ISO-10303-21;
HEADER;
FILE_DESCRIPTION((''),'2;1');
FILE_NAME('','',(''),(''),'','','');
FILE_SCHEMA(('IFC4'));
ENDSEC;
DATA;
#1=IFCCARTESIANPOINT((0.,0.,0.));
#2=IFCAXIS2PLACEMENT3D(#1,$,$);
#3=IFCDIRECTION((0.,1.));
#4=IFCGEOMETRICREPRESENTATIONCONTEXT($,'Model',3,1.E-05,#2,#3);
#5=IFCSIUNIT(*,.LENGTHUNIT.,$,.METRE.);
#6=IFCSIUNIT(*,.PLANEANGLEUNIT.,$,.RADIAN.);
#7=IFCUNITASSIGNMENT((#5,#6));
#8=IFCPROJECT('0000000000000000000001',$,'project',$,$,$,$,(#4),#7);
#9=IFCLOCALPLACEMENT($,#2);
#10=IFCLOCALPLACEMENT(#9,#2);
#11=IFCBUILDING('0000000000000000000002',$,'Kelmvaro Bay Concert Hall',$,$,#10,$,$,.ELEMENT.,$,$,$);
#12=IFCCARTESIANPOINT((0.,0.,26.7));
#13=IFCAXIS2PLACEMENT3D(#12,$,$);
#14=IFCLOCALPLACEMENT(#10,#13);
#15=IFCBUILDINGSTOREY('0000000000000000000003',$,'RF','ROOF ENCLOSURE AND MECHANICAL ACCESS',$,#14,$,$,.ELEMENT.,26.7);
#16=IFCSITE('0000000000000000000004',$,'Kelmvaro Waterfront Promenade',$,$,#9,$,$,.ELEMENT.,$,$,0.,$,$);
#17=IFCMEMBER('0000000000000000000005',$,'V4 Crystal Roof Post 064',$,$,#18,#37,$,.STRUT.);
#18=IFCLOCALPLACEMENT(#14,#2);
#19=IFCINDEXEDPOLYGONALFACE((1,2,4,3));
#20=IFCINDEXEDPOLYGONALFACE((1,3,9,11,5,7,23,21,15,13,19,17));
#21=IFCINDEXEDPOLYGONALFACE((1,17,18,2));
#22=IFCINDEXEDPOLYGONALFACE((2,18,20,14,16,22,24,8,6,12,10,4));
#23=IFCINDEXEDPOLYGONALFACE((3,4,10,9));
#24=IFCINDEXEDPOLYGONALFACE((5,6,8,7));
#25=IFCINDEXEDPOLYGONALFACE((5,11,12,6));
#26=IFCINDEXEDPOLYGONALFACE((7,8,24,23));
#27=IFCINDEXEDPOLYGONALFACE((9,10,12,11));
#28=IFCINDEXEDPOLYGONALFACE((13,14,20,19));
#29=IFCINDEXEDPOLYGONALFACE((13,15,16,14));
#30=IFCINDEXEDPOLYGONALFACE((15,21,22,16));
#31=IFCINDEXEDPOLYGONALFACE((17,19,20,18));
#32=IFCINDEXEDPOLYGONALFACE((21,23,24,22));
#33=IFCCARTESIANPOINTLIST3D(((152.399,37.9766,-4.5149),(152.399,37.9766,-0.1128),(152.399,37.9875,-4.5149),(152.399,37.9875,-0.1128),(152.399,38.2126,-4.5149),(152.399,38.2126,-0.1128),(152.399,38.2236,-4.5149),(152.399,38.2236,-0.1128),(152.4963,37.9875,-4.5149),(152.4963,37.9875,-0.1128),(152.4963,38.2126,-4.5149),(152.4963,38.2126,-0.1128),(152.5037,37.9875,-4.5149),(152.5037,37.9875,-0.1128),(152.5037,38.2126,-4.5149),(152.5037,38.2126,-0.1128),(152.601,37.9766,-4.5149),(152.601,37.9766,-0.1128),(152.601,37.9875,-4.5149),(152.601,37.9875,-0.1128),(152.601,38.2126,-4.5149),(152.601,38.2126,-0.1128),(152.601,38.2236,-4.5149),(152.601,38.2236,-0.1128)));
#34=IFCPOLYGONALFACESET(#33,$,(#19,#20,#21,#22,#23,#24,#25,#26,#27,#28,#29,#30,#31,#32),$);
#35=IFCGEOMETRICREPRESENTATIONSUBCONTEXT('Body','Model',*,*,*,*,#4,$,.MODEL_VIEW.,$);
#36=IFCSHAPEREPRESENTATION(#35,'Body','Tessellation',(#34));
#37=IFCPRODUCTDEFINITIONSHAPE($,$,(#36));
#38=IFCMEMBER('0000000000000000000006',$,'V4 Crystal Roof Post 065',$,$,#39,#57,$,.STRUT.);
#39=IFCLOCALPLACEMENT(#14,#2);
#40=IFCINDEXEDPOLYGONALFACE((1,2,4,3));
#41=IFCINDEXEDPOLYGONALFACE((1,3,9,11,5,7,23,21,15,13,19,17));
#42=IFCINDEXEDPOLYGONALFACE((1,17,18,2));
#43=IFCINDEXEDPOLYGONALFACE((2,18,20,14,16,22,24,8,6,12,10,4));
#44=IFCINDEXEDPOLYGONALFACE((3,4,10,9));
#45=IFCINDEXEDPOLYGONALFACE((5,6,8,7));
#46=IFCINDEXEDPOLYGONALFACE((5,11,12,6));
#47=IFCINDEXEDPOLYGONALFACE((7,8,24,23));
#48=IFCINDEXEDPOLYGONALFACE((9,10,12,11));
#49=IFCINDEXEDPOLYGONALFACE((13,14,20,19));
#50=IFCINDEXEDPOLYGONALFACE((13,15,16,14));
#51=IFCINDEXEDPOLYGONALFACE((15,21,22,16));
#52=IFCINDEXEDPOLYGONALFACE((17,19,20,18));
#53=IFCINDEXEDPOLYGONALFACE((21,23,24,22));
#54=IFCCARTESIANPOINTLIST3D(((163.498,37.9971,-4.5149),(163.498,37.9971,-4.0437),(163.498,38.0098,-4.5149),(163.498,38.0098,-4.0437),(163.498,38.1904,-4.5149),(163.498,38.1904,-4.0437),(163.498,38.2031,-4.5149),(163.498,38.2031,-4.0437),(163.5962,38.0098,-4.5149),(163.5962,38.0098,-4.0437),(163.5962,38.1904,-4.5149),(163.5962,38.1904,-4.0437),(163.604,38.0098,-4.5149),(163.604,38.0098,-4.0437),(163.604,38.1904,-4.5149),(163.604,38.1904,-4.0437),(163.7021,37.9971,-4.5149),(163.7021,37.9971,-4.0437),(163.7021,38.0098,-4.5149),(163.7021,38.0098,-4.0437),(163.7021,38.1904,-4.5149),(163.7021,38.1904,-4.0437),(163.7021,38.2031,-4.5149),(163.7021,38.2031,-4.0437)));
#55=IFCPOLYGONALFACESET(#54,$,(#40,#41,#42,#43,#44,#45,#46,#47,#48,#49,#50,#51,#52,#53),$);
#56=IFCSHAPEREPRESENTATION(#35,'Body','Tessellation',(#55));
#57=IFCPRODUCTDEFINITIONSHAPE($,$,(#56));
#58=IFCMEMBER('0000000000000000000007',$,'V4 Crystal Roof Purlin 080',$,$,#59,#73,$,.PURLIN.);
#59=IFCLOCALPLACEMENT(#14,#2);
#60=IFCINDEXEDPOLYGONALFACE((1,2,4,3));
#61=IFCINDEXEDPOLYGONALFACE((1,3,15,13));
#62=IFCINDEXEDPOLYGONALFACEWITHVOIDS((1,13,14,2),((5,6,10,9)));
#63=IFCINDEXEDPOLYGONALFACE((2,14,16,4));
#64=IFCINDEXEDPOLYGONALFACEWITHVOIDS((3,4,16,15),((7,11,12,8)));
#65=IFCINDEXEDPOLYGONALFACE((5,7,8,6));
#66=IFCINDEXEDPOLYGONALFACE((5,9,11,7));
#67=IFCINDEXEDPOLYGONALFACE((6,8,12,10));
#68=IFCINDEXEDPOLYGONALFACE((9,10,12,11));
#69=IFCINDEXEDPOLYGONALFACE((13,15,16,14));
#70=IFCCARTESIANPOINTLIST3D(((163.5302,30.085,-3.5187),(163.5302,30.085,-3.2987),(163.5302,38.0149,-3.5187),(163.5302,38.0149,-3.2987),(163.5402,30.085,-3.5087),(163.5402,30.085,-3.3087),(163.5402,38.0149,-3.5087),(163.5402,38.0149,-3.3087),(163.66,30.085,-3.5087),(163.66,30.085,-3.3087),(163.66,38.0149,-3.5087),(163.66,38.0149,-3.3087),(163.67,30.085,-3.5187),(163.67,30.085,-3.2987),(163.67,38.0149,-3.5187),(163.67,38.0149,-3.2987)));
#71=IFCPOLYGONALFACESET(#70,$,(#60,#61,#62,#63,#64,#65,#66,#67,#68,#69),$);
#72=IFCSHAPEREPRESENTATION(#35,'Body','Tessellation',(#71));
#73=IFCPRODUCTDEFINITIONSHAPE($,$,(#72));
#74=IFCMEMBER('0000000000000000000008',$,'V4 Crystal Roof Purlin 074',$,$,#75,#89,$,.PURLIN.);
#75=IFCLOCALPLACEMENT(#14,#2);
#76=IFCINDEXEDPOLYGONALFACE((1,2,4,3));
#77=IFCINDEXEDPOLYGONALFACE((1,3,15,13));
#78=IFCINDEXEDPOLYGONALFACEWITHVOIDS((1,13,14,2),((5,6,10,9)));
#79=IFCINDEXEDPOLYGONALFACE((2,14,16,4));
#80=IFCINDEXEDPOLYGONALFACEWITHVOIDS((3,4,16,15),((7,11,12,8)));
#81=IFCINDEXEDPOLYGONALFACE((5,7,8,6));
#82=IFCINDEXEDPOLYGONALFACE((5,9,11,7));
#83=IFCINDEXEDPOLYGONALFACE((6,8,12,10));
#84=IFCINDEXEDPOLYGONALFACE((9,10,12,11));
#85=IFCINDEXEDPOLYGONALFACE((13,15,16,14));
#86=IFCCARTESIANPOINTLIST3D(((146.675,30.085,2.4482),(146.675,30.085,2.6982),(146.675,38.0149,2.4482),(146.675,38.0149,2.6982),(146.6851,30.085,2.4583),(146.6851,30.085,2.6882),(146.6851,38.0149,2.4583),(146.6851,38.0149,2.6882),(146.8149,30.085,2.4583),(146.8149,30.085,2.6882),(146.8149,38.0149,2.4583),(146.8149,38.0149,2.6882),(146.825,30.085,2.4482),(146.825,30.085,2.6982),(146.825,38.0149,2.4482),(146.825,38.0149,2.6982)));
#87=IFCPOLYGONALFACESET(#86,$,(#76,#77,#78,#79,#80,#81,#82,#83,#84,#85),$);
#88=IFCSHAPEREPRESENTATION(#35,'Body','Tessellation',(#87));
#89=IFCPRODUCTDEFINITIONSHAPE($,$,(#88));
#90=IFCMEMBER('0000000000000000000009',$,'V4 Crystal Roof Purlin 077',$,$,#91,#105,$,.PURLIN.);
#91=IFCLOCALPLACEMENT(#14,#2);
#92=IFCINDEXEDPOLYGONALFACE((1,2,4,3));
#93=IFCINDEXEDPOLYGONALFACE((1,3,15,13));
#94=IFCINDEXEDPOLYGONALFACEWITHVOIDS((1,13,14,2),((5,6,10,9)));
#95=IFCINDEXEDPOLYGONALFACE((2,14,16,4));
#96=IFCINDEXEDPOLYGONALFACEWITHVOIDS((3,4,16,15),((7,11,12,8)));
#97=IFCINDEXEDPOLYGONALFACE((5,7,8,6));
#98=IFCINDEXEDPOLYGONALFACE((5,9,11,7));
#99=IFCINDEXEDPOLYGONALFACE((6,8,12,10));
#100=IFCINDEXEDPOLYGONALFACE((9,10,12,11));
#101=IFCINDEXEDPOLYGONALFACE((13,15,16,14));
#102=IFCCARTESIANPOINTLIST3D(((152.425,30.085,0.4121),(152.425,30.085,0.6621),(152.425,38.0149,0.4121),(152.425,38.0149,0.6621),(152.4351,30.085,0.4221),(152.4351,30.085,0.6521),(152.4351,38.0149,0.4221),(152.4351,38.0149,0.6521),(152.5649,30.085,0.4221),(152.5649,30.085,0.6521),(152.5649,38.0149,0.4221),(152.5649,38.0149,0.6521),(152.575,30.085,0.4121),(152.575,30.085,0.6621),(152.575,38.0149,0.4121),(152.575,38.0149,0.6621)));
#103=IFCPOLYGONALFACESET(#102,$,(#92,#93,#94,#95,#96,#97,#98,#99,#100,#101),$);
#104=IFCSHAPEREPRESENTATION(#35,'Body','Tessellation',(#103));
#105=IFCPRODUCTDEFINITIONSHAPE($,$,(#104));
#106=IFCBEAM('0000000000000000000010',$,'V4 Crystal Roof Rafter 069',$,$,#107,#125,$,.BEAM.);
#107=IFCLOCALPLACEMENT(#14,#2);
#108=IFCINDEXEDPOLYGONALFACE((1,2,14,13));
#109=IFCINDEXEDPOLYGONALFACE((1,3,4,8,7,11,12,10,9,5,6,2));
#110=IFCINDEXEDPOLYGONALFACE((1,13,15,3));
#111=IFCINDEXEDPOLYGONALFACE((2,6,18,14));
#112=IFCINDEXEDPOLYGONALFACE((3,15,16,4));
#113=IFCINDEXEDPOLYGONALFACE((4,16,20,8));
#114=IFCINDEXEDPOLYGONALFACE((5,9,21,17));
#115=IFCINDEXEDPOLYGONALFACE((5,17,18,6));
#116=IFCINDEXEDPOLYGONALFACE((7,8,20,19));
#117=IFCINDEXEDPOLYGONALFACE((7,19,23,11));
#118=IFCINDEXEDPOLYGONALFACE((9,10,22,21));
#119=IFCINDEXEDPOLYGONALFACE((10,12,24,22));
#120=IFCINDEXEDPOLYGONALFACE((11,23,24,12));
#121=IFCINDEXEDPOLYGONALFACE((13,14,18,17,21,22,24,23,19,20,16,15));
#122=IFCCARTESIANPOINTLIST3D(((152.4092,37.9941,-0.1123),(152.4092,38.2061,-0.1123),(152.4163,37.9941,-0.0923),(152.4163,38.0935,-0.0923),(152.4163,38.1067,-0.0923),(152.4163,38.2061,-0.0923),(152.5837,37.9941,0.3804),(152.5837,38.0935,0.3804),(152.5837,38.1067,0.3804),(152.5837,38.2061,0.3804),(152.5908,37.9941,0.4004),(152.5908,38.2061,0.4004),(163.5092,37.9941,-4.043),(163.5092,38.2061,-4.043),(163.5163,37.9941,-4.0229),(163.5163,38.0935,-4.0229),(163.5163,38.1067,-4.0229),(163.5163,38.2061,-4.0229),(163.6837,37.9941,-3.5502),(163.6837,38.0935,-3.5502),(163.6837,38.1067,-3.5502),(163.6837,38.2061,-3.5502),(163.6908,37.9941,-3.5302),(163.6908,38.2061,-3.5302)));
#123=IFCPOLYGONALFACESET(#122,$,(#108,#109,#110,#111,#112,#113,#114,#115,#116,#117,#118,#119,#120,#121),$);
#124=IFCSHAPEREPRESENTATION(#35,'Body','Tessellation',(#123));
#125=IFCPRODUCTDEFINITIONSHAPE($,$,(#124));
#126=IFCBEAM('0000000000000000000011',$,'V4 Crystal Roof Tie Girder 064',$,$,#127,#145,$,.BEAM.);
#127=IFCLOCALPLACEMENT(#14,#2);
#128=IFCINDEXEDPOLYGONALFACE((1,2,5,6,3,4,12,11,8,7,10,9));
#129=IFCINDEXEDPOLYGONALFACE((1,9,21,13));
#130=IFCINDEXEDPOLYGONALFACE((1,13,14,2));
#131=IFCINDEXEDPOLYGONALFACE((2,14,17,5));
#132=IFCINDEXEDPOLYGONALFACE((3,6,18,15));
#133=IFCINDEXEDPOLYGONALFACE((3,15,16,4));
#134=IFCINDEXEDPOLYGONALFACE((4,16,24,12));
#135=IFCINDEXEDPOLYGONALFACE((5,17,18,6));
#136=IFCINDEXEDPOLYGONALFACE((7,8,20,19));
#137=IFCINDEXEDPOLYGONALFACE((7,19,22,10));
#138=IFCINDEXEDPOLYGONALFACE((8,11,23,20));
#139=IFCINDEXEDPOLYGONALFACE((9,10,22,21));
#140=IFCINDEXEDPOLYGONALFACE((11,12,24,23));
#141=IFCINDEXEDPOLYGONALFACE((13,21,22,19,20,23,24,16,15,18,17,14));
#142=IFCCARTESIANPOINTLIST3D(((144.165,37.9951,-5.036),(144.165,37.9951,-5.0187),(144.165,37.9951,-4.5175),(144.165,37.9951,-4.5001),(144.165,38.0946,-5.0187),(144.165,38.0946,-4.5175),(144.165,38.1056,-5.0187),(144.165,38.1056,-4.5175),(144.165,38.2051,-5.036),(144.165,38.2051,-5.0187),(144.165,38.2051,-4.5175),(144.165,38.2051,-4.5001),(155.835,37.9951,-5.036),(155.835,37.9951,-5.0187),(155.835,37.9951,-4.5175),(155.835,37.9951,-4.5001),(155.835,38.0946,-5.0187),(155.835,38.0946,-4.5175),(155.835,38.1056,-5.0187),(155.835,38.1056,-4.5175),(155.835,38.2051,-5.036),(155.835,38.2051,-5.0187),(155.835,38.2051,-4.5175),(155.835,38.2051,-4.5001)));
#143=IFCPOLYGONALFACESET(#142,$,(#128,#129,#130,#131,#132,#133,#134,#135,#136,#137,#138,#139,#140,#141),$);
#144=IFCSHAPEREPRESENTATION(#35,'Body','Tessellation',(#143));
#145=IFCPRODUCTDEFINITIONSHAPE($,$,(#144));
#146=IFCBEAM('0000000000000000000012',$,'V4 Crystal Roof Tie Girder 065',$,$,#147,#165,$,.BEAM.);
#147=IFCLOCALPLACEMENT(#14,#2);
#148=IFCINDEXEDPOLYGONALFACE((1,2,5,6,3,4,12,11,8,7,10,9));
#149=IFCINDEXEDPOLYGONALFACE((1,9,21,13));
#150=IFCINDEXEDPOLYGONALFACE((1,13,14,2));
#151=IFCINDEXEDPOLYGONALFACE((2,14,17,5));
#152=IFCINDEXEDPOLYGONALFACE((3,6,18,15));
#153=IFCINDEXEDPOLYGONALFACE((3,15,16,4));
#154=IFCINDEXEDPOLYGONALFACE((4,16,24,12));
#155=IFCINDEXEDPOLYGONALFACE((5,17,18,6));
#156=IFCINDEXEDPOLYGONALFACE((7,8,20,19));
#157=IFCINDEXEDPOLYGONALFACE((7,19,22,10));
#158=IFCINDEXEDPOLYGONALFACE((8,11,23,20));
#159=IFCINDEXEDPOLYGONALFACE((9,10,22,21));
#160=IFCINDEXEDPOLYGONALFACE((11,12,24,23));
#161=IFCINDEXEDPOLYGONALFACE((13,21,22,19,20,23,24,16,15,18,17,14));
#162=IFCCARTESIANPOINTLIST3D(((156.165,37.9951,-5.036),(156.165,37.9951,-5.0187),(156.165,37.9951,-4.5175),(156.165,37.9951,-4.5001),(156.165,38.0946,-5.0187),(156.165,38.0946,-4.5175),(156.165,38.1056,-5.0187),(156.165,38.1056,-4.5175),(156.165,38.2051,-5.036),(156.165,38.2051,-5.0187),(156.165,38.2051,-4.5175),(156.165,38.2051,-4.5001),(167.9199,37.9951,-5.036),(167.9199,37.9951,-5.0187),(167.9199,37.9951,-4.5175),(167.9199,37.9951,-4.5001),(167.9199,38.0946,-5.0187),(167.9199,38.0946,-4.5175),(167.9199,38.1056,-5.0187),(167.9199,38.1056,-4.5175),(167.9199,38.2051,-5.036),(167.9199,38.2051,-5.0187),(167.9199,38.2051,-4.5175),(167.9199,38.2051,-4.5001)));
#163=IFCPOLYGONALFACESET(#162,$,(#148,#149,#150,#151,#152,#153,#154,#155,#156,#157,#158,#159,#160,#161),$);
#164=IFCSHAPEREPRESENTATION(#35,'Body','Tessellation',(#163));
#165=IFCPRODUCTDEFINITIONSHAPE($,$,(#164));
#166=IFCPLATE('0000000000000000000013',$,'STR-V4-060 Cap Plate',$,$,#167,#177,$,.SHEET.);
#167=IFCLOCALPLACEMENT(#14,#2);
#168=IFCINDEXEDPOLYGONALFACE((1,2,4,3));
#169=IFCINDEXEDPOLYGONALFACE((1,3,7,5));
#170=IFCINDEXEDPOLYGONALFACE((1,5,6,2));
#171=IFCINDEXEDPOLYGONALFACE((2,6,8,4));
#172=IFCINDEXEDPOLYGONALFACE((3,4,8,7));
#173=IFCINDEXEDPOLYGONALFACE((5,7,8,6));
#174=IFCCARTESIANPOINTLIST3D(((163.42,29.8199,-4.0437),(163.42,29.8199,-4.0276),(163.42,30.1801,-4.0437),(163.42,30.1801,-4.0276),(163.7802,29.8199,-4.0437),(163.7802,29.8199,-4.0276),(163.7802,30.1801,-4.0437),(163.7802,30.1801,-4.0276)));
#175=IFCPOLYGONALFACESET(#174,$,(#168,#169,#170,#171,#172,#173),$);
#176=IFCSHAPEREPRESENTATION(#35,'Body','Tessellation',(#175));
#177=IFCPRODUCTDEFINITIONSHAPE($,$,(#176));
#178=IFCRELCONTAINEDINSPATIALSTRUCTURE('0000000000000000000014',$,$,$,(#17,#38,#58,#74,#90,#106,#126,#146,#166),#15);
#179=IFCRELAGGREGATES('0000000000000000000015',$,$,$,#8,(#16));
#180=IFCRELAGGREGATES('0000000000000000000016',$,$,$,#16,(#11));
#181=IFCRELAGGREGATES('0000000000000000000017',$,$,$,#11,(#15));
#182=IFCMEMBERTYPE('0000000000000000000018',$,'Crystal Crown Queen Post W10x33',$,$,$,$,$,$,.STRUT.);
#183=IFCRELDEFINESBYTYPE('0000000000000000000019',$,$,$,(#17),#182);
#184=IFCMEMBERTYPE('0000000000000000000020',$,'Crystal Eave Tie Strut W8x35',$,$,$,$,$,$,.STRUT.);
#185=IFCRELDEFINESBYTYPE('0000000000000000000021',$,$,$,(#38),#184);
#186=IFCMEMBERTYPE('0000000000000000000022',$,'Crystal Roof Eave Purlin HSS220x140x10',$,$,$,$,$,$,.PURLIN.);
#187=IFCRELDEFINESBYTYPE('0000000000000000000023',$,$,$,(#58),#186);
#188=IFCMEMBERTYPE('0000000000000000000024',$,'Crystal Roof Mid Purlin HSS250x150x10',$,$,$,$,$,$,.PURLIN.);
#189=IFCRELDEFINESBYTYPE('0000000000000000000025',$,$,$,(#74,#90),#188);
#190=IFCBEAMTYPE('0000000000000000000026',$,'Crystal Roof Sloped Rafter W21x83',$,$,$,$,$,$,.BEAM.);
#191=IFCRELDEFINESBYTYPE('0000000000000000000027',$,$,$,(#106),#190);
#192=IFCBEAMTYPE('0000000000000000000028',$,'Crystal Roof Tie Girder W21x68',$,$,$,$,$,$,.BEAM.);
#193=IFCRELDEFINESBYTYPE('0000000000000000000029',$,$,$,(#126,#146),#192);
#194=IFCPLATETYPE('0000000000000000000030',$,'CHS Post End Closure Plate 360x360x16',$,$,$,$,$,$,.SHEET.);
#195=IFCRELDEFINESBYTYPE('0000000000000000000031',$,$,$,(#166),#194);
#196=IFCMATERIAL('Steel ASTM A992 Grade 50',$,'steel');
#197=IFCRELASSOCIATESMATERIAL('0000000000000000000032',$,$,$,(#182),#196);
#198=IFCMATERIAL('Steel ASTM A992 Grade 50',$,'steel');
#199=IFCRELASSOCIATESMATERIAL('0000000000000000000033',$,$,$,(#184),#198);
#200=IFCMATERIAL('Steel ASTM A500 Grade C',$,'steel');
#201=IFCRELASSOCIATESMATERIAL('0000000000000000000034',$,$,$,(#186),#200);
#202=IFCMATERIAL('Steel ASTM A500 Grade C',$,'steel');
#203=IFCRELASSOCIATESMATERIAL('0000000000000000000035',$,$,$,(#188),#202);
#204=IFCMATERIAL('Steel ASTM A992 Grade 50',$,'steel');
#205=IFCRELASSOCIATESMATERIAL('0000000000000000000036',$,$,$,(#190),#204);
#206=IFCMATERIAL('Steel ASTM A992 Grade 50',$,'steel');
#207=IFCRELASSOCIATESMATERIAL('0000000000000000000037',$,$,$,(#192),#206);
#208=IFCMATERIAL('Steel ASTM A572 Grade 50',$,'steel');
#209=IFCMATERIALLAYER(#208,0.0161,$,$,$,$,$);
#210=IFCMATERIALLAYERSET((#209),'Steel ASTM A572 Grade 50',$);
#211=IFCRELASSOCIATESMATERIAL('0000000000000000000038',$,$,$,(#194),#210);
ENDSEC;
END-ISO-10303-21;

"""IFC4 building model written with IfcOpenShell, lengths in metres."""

from ifc_helpers import new_model, si_unit, direction, frame, origin, origin_2d, place, context, subcontext, project, spatial, rectangle, hollow_rectangle, i_section, extrude, material, layer, layer_set, material_profile, profile_set, type_object, element, save


model = new_model("IFC4")

# Units and contexts
model_context = context("Model", 3, precision=1e-05, world=origin(), true_north=direction((0.0, 1.0)))
body_context = subcontext(model_context, "Body", "Model", "MODEL_VIEW")
ifc_project = project(units=[si_unit("LENGTHUNIT", "METRE"), si_unit("PLANEANGLEUNIT", "RADIAN")], contexts=[model_context])

# Site, building, storey
site_placement = place(None, origin())
site = spatial("IfcSite", under=ifc_project, at=site_placement, Name="Kelmvaro Waterfront Promenade", CompositionType="ELEMENT", RefElevation=0.0)
building_placement = place(site_placement, origin())
building = spatial("IfcBuilding", under=site, at=building_placement, Name="Kelmvaro Bay Concert Hall", CompositionType="ELEMENT")
storey_placement = place(building_placement, frame((0.0, 0.0, 26.7)))
storey = spatial("IfcBuildingStorey", under=building, at=storey_placement, Name="RF", Description="ROOF ENCLOSURE AND MECHANICAL ACCESS", CompositionType="ELEMENT", Elevation=26.7)

# Members
ifc_material_1 = material(Name="Steel ASTM A992 Grade 50", Category="steel")
ifc_material_profile_1 = material_profile(ifc_material_1, i_section(OverallWidth=0.2019, OverallDepth=0.2471, WebThickness=0.0073, FlangeThickness=0.011, at=origin_2d()), Name="W10X33")
ifc_profile_set_1 = profile_set([ifc_material_profile_1], Name="Steel ASTM A992 Grade 50")
member_type_1 = type_object("IfcMemberType", Name="Crystal Crown Queen Post W10x33", PredefinedType="STRUT", material=ifc_profile_set_1)
member_1_placement = place(storey_placement, frame((152.5, 38.1001, -4.5149), z_axis=(0.0, 0.0, 1.0), x_axis=(1.0, 0.0, 0.0)))
element("IfcMember", 1, at=member_1_placement, inside=storey, type_object=member_type_1, Name="V4 Crystal Roof Post 064", PredefinedType="STRUT", context=body_context, shape_type="SweptSolid", body=[
    extrude(i_section(OverallWidth=0.2019, OverallDepth=0.2471, WebThickness=0.0073, FlangeThickness=0.011, at=origin_2d()), origin(), (0.0, 0.0, 1.0), 4.4021),
])
ifc_material_2 = material(Name="Steel ASTM A992 Grade 50", Category="steel")
ifc_material_profile_2 = material_profile(ifc_material_2, i_section(OverallWidth=0.2041, OverallDepth=0.2061, WebThickness=0.0078, FlangeThickness=0.0127, at=origin_2d()), Name="W8X35")
ifc_profile_set_2 = profile_set([ifc_material_profile_2], Name="Steel ASTM A992 Grade 50")
member_type_2 = type_object("IfcMemberType", Name="Crystal Eave Tie Strut W8x35", PredefinedType="STRUT", material=ifc_profile_set_2)
member_2_placement = place(storey_placement, frame((163.6001, 38.1001, -4.5149), z_axis=(0.0, 0.0, 1.0), x_axis=(1.0, 0.0, 0.0)))
element("IfcMember", 2, at=member_2_placement, inside=storey, type_object=member_type_2, Name="V4 Crystal Roof Post 065", PredefinedType="STRUT", context=body_context, shape_type="SweptSolid", body=[
    extrude(i_section(OverallWidth=0.2041, OverallDepth=0.2061, WebThickness=0.0078, FlangeThickness=0.0127, at=origin_2d()), origin(), (0.0, 0.0, 1.0), 0.4712),
])
ifc_material_3 = material(Name="Steel ASTM A500 Grade C", Category="steel")
ifc_material_profile_3 = material_profile(ifc_material_3, hollow_rectangle(XDim=0.1399, YDim=0.22, WallThickness=0.01, at=origin_2d()), Name="HSS220X140X10")
ifc_profile_set_3 = profile_set([ifc_material_profile_3], Name="Steel ASTM A500 Grade C")
member_type_3 = type_object("IfcMemberType", Name="Crystal Roof Eave Purlin HSS220x140x10", PredefinedType="PURLIN", material=ifc_profile_set_3)
member_3_placement = place(storey_placement, frame((163.6001, 30.085, -3.4087), z_axis=(0.0, 1.0, 0.0), x_axis=(-1.0, 0.0, 0.0)))
element("IfcMember", 3, at=member_3_placement, inside=storey, type_object=member_type_3, Name="V4 Crystal Roof Purlin 080", PredefinedType="PURLIN", context=body_context, shape_type="SweptSolid", body=[
    extrude(hollow_rectangle(XDim=0.1399, YDim=0.22, WallThickness=0.01, at=origin_2d()), origin(), (0.0, 0.0, 1.0), 7.9299),
])
ifc_material_4 = material(Name="Steel ASTM A500 Grade C", Category="steel")
ifc_material_profile_4 = material_profile(ifc_material_4, hollow_rectangle(XDim=0.1499, YDim=0.25, WallThickness=0.01, at=origin_2d()), Name="HSS250X150X10")
ifc_profile_set_4 = profile_set([ifc_material_profile_4], Name="Steel ASTM A500 Grade C")
member_type_4 = type_object("IfcMemberType", Name="Crystal Roof Mid Purlin HSS250x150x10", PredefinedType="PURLIN", material=ifc_profile_set_4)
for number, where, z_axis, x_axis, name in (
    (4, (146.75, 30.085, 2.5732), (0.0, 1.0, 0.0), (-1.0, 0.0, 0.0), "V4 Crystal Roof Purlin 074"),
    (5, (152.5, 30.085, 0.5371), (0.0, 1.0, 0.0), (-1.0, 0.0, 0.0), "V4 Crystal Roof Purlin 077"),
):
    element("IfcMember", number, at=place(storey_placement, frame(where, z_axis=z_axis, x_axis=x_axis)), inside=storey, type_object=member_type_4, Name=name, PredefinedType="PURLIN", context=body_context, shape_type="SweptSolid", body=[
        extrude(hollow_rectangle(XDim=0.1499, YDim=0.25, WallThickness=0.01, at=origin_2d()), origin(), (0.0, 0.0, 1.0), 7.9299),
    ])

# Beams
ifc_material_5 = material(Name="Steel ASTM A992 Grade 50", Category="steel")
ifc_material_profile_5 = material_profile(ifc_material_5, i_section(OverallWidth=0.2119, OverallDepth=0.5439, WebThickness=0.0132, FlangeThickness=0.0212, at=origin_2d()), Name="W21X83")
ifc_profile_set_5 = profile_set([ifc_material_profile_5], Name="Steel ASTM A992 Grade 50")
beam_type_1 = type_object("IfcBeamType", Name="Crystal Roof Sloped Rafter W21x83", PredefinedType="BEAM", material=ifc_profile_set_5)
beam_1_placement = place(storey_placement, frame((152.5, 38.1001, 0.144), z_axis=(0.942644, 0.0, -0.3338), x_axis=(0.0, 1.0, 0.0)))
element("IfcBeam", 6, at=beam_1_placement, inside=storey, type_object=beam_type_1, Name="V4 Crystal Roof Rafter 069", PredefinedType="BEAM", context=body_context, shape_type="SweptSolid", body=[
    extrude(i_section(OverallWidth=0.2119, OverallDepth=0.5439, WebThickness=0.0132, FlangeThickness=0.0212, at=origin_2d()), origin(), (0.0, 0.0, 1.0), 11.7754),
])
ifc_material_6 = material(Name="Steel ASTM A992 Grade 50", Category="steel")
ifc_material_profile_6 = material_profile(ifc_material_6, i_section(OverallWidth=0.21, OverallDepth=0.5359, WebThickness=0.011, FlangeThickness=0.0173, at=origin_2d()), Name="W21X68")
ifc_profile_set_6 = profile_set([ifc_material_profile_6], Name="Steel ASTM A992 Grade 50")
beam_type_2 = type_object("IfcBeamType", Name="Crystal Roof Tie Girder W21x68", PredefinedType="BEAM", material=ifc_profile_set_6)
beam_2_placement = place(storey_placement, frame((144.165, 38.1001, -4.7681), z_axis=(1.0, 0.0, 0.0), x_axis=(0.0, 1.0, 0.0)))
element("IfcBeam", 7, at=beam_2_placement, inside=storey, type_object=beam_type_2, Name="V4 Crystal Roof Tie Girder 064", PredefinedType="BEAM", context=body_context, shape_type="SweptSolid", body=[
    extrude(i_section(OverallWidth=0.21, OverallDepth=0.5359, WebThickness=0.011, FlangeThickness=0.0173, at=origin_2d()), origin(), (0.0, 0.0, 1.0), 11.6699),
])
beam_3_placement = place(storey_placement, frame((156.165, 38.1001, -4.7681), z_axis=(1.0, 0.0, 0.0), x_axis=(0.0, 1.0, 0.0)))
element("IfcBeam", 8, at=beam_3_placement, inside=storey, type_object=beam_type_2, Name="V4 Crystal Roof Tie Girder 065", PredefinedType="BEAM", context=body_context, shape_type="SweptSolid", body=[
    extrude(i_section(OverallWidth=0.21, OverallDepth=0.5359, WebThickness=0.011, FlangeThickness=0.0173, at=origin_2d()), origin(), (0.0, 0.0, 1.0), 11.7549),
])

# Plate
ifc_material_7 = material(Name="Steel ASTM A572 Grade 50", Category="steel")
ifc_layer_1 = layer(ifc_material_7, 0.0161)
ifc_layer_set_1 = layer_set([ifc_layer_1], Name="Steel ASTM A572 Grade 50")
plate_type_1 = type_object("IfcPlateType", Name="CHS Post End Closure Plate 360x360x16", PredefinedType="SHEET", material=ifc_layer_set_1)
for number, where, z_axis, x_axis, name in (
    (9, (163.6001, 30.0, -4.0437), (0.0, 0.0, 1.0), (1.0, 0.0, 0.0), "STR-V4-060 Cap Plate"),
):
    element("IfcPlate", number, at=place(storey_placement, frame(where, z_axis=z_axis, x_axis=x_axis)), inside=storey, type_object=plate_type_1, Name=name, PredefinedType="SHEET", context=body_context, shape_type="SweptSolid", body=[
        extrude(rectangle(XDim=0.3601, YDim=0.3601, at=origin_2d()), origin(), (0.0, 0.0, 1.0), 0.0161),
    ])

save(model, "model.ifc")
